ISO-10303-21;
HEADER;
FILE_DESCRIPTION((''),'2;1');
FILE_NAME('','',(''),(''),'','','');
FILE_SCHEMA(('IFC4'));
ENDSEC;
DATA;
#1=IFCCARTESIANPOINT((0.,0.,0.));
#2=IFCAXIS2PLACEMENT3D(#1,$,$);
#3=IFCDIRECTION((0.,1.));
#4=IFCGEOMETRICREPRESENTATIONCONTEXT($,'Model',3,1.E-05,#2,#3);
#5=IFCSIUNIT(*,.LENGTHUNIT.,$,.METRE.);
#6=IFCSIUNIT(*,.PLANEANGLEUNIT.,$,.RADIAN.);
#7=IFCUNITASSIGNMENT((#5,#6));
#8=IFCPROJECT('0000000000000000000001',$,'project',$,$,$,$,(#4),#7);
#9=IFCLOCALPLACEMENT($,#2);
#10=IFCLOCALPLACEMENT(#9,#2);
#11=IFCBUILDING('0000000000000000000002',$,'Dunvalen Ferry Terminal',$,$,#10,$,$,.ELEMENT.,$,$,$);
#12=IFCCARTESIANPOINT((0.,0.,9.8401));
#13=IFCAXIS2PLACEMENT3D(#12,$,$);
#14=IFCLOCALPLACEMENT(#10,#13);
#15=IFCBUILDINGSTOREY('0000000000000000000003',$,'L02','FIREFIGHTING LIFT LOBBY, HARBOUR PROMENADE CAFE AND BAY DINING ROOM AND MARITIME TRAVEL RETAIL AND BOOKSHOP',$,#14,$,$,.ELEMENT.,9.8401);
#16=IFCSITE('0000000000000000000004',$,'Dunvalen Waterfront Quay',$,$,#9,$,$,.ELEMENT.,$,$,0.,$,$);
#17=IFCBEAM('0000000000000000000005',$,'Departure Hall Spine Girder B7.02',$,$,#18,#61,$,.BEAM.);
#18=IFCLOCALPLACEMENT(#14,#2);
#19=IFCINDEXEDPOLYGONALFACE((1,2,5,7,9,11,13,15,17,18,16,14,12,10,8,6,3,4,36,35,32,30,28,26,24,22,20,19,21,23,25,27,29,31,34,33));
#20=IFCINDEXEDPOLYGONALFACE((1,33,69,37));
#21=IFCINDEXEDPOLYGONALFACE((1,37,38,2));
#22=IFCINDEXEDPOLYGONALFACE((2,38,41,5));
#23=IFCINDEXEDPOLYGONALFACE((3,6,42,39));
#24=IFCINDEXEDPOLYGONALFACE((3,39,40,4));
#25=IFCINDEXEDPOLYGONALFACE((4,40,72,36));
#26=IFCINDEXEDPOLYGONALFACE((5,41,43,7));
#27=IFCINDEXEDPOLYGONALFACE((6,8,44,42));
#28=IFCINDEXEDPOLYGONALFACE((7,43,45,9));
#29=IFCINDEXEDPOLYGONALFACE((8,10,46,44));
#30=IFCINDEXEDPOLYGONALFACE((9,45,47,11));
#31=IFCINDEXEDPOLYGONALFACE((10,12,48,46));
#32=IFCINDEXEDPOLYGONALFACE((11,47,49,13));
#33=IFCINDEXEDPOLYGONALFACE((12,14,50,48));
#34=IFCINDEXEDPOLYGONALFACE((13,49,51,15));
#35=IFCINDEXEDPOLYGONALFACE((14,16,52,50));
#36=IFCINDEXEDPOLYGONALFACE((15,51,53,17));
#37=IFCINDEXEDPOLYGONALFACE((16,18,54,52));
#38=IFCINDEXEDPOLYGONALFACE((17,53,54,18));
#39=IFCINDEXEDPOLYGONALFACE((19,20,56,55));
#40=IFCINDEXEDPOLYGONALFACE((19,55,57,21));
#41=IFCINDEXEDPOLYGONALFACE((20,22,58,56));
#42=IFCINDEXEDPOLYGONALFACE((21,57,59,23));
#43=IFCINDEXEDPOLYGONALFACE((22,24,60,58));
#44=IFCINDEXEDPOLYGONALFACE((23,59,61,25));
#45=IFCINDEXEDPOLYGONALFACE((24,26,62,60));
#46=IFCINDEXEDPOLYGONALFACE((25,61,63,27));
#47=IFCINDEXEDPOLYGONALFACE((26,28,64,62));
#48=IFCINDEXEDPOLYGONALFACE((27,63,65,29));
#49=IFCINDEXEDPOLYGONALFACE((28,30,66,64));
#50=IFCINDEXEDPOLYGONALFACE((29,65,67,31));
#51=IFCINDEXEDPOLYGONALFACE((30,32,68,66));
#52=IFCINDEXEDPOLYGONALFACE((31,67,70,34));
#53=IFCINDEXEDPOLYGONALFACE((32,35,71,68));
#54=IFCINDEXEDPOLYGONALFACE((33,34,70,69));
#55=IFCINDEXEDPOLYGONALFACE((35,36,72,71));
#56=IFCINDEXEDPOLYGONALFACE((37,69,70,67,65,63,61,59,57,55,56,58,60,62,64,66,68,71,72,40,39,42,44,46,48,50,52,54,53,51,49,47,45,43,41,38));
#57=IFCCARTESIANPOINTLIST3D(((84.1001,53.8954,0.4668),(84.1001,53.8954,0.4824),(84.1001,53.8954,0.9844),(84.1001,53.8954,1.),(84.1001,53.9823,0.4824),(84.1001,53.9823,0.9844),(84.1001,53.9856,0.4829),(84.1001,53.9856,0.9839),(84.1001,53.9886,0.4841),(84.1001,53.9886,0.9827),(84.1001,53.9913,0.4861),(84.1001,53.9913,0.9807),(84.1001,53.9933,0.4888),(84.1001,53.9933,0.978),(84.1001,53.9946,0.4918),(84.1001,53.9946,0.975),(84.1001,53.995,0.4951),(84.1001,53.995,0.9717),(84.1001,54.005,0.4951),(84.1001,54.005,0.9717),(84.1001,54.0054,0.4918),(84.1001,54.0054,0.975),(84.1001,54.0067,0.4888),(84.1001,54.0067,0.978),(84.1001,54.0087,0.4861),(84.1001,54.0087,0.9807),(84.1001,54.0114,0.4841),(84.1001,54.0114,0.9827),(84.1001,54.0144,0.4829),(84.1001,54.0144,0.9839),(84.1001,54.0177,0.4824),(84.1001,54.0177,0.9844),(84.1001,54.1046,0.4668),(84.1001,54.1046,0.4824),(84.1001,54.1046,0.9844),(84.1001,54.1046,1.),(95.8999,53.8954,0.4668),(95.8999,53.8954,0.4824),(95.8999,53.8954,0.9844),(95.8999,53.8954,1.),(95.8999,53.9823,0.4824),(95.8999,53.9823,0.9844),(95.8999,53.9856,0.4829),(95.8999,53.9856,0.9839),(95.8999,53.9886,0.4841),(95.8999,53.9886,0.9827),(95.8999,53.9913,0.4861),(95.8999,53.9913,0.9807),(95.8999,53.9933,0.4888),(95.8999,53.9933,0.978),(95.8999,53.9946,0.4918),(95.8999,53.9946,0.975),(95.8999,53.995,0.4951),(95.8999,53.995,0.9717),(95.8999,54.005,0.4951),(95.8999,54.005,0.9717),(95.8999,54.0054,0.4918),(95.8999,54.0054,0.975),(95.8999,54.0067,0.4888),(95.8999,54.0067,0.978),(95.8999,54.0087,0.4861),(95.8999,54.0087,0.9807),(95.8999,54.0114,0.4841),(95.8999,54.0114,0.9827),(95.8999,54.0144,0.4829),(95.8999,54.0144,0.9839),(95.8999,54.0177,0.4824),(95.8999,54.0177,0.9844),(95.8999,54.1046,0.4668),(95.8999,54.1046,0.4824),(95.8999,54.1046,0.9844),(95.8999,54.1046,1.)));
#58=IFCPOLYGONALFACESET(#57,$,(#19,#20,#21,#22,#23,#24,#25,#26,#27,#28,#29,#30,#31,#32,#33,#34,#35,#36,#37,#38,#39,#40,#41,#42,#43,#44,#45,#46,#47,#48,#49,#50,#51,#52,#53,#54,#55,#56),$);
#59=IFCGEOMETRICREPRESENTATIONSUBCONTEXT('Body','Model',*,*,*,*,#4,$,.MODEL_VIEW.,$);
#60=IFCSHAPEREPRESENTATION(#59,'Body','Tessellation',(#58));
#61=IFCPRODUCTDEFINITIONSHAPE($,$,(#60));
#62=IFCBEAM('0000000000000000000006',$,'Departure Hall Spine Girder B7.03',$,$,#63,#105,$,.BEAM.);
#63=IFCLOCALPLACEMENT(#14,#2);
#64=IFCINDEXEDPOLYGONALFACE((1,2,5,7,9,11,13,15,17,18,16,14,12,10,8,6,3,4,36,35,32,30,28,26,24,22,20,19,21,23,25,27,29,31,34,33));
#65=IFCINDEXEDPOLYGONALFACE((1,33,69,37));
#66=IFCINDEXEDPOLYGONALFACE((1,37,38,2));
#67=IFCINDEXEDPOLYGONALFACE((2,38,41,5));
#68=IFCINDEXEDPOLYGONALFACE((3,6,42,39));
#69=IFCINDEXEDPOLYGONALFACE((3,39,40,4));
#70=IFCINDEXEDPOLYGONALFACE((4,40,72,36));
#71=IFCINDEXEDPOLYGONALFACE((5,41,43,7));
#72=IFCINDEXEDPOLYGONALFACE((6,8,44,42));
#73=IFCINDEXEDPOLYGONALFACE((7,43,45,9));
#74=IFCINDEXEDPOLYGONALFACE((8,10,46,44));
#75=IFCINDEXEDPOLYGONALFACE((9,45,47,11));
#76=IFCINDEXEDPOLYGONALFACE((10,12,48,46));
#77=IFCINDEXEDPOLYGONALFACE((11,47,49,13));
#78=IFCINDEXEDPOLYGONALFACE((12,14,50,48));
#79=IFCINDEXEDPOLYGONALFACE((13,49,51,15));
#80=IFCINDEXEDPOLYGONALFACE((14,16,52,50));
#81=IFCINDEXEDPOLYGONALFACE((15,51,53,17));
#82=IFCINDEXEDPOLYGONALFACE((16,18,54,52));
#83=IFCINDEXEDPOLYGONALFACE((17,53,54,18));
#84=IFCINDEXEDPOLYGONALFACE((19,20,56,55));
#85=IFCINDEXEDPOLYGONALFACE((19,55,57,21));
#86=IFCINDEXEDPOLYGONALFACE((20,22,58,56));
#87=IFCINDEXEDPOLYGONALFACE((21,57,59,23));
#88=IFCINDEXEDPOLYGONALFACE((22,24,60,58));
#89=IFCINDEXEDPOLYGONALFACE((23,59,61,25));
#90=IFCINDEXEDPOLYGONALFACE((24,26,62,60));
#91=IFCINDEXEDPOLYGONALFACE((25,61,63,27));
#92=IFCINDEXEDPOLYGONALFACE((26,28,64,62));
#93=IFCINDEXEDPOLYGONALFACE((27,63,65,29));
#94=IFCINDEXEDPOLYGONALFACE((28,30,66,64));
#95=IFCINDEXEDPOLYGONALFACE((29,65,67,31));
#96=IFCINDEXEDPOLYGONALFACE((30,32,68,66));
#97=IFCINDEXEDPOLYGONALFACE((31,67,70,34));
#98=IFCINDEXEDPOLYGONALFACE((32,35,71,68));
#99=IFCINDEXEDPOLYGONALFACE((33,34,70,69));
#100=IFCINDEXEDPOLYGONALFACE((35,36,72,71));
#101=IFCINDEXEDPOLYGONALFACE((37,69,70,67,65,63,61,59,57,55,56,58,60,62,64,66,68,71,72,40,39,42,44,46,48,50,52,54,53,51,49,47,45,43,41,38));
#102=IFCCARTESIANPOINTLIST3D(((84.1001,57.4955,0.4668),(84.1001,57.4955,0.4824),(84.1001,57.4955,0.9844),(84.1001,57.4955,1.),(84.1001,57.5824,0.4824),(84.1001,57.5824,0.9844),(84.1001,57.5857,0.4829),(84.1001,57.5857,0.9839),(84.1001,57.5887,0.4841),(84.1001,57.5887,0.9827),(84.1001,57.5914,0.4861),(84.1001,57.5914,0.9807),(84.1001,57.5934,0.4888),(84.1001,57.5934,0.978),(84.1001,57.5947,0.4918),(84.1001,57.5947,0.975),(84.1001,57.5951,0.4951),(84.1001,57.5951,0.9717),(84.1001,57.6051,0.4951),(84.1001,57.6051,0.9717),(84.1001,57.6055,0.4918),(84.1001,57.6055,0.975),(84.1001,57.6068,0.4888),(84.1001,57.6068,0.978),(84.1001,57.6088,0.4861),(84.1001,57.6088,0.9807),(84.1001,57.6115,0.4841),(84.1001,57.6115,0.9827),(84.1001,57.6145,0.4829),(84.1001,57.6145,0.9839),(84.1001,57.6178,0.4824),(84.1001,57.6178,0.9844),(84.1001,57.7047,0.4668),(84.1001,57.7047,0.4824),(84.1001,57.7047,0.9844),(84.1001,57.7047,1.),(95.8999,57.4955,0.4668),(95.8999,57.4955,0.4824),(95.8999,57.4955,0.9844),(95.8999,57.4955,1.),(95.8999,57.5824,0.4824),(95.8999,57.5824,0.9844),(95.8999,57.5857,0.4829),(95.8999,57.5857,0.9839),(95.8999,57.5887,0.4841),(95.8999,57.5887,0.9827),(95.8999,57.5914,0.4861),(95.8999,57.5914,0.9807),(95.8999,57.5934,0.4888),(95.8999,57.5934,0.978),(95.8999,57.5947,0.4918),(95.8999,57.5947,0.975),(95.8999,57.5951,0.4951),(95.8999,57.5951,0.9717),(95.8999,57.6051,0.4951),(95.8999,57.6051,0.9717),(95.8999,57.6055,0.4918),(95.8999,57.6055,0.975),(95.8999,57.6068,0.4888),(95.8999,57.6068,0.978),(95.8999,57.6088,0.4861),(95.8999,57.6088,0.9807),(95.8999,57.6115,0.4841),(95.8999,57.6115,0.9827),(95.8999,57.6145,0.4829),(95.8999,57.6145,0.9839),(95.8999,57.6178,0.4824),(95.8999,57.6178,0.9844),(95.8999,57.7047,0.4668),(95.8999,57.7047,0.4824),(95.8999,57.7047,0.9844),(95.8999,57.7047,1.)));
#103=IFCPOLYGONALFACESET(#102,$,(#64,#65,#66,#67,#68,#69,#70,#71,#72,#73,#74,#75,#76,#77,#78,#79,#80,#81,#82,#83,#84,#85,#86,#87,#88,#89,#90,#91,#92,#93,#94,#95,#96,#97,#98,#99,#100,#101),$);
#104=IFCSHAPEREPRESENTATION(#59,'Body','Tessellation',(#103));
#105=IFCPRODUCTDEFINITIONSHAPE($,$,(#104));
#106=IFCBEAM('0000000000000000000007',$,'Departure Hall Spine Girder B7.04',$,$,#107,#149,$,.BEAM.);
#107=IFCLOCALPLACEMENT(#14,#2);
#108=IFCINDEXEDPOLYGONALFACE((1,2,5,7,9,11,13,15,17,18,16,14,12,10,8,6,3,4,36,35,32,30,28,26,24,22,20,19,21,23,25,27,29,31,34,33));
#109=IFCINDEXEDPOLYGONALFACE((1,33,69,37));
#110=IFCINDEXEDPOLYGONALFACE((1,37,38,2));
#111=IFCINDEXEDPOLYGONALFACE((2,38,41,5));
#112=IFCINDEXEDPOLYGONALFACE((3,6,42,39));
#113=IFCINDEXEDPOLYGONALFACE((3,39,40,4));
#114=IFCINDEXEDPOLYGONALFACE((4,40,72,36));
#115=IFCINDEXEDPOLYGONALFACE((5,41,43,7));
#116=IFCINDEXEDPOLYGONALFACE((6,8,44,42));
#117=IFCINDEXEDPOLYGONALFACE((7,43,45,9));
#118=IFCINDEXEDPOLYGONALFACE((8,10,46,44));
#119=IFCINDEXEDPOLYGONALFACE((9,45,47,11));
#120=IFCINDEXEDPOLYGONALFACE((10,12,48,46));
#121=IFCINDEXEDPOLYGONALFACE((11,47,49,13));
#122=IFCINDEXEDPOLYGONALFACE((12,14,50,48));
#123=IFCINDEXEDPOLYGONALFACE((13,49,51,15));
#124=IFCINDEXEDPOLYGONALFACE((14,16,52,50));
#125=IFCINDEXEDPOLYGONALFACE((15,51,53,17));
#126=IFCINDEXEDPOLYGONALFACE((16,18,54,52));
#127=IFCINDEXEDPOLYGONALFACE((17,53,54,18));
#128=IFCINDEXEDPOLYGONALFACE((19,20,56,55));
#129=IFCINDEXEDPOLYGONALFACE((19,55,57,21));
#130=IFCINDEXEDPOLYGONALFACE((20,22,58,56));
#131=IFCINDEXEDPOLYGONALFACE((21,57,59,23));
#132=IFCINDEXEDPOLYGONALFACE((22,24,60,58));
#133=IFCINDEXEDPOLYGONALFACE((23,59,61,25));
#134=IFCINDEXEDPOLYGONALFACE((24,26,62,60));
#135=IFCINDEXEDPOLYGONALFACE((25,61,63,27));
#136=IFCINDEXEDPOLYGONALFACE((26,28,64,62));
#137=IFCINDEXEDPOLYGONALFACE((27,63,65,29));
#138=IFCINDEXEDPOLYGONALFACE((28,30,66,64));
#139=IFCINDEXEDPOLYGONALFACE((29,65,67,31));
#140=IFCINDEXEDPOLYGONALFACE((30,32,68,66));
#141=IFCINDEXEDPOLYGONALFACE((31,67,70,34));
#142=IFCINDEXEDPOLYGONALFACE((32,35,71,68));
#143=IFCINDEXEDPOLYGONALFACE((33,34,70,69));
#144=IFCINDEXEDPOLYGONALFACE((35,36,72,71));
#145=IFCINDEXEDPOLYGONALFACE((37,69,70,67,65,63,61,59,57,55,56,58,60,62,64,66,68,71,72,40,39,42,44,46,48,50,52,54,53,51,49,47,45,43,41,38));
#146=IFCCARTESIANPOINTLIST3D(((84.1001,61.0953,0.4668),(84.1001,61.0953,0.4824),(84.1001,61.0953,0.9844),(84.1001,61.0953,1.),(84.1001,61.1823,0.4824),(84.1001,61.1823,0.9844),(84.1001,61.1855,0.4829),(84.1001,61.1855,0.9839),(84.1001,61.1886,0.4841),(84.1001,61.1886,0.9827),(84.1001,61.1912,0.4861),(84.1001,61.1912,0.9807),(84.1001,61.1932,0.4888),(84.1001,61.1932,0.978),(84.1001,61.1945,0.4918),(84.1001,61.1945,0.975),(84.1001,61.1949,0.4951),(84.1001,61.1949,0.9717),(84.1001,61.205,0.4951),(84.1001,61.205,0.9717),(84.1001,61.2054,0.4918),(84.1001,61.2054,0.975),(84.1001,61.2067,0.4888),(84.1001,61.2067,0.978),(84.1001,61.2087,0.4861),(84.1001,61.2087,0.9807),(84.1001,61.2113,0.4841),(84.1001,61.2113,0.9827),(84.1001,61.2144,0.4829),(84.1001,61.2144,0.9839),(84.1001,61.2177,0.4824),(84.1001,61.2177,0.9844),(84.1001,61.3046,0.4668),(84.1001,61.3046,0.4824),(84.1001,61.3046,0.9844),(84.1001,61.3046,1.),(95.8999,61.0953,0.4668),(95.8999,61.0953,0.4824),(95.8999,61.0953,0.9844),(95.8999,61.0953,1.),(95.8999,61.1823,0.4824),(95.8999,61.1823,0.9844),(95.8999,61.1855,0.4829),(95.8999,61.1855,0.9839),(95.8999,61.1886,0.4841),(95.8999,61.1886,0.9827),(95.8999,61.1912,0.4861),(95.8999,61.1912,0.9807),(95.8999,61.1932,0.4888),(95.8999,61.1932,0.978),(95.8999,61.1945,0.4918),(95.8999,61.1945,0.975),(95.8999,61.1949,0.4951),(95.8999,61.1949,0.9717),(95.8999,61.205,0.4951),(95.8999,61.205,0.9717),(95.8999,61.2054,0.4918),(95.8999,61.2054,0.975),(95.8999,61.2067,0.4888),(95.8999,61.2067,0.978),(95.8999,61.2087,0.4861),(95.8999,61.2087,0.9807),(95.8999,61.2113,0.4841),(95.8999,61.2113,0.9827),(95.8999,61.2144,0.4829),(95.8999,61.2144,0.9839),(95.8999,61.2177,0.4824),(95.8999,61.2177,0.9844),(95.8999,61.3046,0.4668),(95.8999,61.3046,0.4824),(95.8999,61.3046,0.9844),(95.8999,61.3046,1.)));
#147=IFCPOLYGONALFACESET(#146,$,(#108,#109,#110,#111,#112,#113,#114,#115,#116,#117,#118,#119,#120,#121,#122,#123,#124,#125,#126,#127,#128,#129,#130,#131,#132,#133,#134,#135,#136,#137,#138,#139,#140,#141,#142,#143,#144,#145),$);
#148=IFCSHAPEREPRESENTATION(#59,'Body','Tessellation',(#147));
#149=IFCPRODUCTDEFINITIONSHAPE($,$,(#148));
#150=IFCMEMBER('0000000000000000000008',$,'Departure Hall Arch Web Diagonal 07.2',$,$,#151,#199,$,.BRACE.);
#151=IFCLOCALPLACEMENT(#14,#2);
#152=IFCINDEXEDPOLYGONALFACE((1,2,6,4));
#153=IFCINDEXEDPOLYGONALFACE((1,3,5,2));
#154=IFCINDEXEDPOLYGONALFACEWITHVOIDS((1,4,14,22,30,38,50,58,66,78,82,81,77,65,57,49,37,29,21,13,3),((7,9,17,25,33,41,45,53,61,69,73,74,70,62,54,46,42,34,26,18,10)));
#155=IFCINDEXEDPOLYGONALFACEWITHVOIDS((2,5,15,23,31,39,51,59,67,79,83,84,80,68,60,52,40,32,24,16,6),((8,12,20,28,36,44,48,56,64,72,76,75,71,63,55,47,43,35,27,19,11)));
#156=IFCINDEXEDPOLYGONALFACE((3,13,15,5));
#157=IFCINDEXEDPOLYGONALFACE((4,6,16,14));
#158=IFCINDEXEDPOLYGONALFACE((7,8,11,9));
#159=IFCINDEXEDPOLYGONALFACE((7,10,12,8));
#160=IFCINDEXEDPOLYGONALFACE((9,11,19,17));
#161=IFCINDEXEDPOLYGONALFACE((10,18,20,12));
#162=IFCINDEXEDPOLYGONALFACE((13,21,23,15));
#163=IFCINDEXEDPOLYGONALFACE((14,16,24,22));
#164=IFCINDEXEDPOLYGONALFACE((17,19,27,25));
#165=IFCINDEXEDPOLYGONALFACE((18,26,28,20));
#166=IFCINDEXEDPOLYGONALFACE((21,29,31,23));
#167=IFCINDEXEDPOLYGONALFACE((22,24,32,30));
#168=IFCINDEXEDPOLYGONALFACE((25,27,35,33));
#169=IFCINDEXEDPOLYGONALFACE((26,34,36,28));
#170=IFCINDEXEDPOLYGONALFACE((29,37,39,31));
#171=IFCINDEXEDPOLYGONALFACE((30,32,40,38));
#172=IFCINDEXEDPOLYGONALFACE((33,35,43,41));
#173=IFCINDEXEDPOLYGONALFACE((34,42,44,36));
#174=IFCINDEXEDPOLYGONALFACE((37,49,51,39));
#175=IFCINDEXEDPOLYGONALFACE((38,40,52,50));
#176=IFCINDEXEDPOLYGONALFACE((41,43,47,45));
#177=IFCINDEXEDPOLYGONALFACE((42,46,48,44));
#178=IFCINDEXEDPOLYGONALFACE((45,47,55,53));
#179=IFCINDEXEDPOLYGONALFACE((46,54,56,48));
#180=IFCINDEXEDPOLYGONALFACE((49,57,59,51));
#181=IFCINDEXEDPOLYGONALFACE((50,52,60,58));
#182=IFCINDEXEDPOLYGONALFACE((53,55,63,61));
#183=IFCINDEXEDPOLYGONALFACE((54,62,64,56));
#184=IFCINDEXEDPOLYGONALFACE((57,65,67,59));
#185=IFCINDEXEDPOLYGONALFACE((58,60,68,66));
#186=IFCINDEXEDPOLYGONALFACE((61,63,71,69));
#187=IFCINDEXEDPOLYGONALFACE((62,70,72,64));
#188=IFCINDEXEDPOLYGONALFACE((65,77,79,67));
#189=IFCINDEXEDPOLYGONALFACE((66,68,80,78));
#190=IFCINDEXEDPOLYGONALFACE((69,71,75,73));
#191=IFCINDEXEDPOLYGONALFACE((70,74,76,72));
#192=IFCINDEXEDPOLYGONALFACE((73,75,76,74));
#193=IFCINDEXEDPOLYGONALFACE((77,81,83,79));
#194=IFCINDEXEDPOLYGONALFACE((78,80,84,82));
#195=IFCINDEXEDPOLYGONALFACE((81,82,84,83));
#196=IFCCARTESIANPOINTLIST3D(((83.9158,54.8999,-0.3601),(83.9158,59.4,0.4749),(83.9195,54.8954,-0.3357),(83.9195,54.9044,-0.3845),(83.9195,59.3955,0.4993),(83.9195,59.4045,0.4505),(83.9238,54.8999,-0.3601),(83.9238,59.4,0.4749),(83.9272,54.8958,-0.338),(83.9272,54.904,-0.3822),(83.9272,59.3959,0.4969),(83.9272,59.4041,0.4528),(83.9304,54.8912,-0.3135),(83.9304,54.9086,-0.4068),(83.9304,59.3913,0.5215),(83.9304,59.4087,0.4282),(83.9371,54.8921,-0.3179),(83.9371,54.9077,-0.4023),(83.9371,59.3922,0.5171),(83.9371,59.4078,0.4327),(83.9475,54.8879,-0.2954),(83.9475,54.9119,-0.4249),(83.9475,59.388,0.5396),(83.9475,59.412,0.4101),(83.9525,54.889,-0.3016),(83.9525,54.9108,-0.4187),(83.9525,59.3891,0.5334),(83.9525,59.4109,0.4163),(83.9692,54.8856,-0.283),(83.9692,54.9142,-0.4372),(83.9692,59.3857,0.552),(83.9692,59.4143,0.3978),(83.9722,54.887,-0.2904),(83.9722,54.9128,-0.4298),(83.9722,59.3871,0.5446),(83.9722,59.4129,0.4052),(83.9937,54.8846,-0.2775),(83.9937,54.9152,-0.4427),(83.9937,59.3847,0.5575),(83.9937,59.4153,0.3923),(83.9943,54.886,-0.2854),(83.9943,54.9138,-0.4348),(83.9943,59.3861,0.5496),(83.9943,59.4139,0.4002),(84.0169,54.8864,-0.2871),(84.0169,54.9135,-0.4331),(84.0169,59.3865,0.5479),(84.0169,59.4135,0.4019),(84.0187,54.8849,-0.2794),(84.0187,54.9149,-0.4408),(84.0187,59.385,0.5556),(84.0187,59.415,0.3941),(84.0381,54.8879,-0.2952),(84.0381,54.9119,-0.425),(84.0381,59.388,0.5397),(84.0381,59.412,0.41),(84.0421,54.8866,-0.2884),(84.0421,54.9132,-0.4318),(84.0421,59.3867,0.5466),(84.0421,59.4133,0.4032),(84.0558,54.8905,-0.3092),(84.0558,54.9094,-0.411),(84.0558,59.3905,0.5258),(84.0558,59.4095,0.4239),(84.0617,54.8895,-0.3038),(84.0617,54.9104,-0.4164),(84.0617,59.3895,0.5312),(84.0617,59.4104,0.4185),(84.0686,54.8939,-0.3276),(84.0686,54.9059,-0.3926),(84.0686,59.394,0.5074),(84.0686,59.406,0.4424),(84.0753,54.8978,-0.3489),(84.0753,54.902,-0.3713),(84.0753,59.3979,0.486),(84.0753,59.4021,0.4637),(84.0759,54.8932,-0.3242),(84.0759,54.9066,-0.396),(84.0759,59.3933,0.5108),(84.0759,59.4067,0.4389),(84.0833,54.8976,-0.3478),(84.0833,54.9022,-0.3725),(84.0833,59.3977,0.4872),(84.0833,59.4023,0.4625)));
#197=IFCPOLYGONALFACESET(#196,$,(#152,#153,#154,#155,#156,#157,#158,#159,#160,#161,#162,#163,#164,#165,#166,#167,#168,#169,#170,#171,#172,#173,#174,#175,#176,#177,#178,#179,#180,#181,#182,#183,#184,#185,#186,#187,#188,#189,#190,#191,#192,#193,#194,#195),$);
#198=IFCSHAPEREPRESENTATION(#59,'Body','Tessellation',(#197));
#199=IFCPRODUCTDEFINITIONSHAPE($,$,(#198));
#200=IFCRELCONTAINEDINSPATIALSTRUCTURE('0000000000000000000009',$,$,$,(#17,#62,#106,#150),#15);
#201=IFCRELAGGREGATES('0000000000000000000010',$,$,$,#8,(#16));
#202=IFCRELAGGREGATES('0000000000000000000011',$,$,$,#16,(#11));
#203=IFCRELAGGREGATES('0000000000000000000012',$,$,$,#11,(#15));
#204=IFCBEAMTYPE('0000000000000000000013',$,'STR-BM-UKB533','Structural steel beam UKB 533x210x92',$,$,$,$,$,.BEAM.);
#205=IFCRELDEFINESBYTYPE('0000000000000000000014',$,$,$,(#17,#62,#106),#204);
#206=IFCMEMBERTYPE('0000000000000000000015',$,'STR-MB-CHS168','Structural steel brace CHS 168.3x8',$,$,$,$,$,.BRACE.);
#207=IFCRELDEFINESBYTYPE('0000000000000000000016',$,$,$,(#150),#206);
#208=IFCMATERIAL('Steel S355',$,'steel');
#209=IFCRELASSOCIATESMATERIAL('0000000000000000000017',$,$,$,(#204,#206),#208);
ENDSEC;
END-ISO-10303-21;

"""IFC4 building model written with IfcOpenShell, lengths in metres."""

from ifc_helpers import new_model, si_unit, direction, frame, origin, origin_2d, place, context, subcontext, project, spatial, hollow_circle, i_section, extrude, material, material_profile, profile_set, type_object, element, save


model = new_model("IFC4")

# Units and contexts
model_context = context("Model", 3, precision=1e-05, world=origin(), true_north=direction((0.0, 1.0)))
body_context = subcontext(model_context, "Body", "Model", "MODEL_VIEW")
ifc_project = project(units=[si_unit("LENGTHUNIT", "METRE"), si_unit("PLANEANGLEUNIT", "RADIAN")], contexts=[model_context])

# Site, building, storey
site_placement = place(None, origin())
site = spatial("IfcSite", under=ifc_project, at=site_placement, Name="Dunvalen Waterfront Quay", CompositionType="ELEMENT", RefElevation=0.0)
building_placement = place(site_placement, origin())
building = spatial("IfcBuilding", under=site, at=building_placement, Name="Dunvalen Ferry Terminal", CompositionType="ELEMENT")
storey_placement = place(building_placement, frame((0.0, 0.0, 9.8401)))
storey = spatial("IfcBuildingStorey", under=building, at=storey_placement, Name="L02", Description="FIREFIGHTING LIFT LOBBY, HARBOUR PROMENADE CAFE AND BAY DINING ROOM AND MARITIME TRAVEL RETAIL AND BOOKSHOP", CompositionType="ELEMENT", Elevation=9.8401)

# Beams
ifc_material_1 = material(Name="Steel S355", Category="steel")
ifc_material_profile_1 = material_profile(ifc_material_1, i_section(OverallWidth=0.2092, OverallDepth=0.5332, WebThickness=0.01, FlangeThickness=0.0156, FilletRadius=0.0127, at=origin_2d()), Name="Steel S355")
ifc_profile_set_1 = profile_set([ifc_material_profile_1], Name="Steel S355")
beam_type_1 = type_object("IfcBeamType", Name="STR-BM-UKB533", Description="Structural steel beam UKB 533x210x92", PredefinedType="BEAM", material=ifc_profile_set_1)
for number, where, z_axis, x_axis, name in (
    (1, (84.1001, 54.0, 0.7334), (1.0, 0.0, 0.0), (0.0, 1.0, 0.0), "Departure Hall Spine Girder B7.02"),
    (2, (84.1001, 57.6001, 0.7334), (1.0, 0.0, 0.0), (0.0, 1.0, 0.0), "Departure Hall Spine Girder B7.03"),
    (3, (84.1001, 61.2, 0.7334), (1.0, 0.0, 0.0), (0.0, 1.0, 0.0), "Departure Hall Spine Girder B7.04"),
):
    element("IfcBeam", number, at=place(storey_placement, frame(where, z_axis=z_axis, x_axis=x_axis)), inside=storey, type_object=beam_type_1, Name=name, PredefinedType="BEAM", context=body_context, shape_type="SweptSolid", body=[
        extrude(i_section(OverallWidth=0.2092, OverallDepth=0.5332, WebThickness=0.01, FlangeThickness=0.0156, FilletRadius=0.0127, at=origin_2d()), origin(), (0.0, 0.0, 1.0), 11.7998),
    ])

# Member
ifc_material_profile_2 = material_profile(ifc_material_1, hollow_circle(Radius=0.0842, WallThickness=0.0081, at=origin_2d()), Name="Steel S355")
ifc_profile_set_2 = profile_set([ifc_material_profile_2], Name="Steel S355")
member_type_1 = type_object("IfcMemberType", Name="STR-MB-CHS168", Description="Structural steel brace CHS 168.3x8", PredefinedType="BRACE", material=ifc_profile_set_2)
member_1_placement = place(storey_placement, frame((84.0, 54.8999, -0.3601), z_axis=(0.0, 0.983218, 0.182433), x_axis=(-1.0, 0.0, 0.0)))
element("IfcMember", 4, at=member_1_placement, inside=storey, type_object=member_type_1, Name="Departure Hall Arch Web Diagonal 07.2", PredefinedType="BRACE", context=body_context, shape_type="SweptSolid", body=[
    extrude(hollow_circle(Radius=0.0842, WallThickness=0.0081, at=origin_2d()), origin(), (0.0, 0.0, 1.0), 4.5769),
])

save(model, "model.ifc")
